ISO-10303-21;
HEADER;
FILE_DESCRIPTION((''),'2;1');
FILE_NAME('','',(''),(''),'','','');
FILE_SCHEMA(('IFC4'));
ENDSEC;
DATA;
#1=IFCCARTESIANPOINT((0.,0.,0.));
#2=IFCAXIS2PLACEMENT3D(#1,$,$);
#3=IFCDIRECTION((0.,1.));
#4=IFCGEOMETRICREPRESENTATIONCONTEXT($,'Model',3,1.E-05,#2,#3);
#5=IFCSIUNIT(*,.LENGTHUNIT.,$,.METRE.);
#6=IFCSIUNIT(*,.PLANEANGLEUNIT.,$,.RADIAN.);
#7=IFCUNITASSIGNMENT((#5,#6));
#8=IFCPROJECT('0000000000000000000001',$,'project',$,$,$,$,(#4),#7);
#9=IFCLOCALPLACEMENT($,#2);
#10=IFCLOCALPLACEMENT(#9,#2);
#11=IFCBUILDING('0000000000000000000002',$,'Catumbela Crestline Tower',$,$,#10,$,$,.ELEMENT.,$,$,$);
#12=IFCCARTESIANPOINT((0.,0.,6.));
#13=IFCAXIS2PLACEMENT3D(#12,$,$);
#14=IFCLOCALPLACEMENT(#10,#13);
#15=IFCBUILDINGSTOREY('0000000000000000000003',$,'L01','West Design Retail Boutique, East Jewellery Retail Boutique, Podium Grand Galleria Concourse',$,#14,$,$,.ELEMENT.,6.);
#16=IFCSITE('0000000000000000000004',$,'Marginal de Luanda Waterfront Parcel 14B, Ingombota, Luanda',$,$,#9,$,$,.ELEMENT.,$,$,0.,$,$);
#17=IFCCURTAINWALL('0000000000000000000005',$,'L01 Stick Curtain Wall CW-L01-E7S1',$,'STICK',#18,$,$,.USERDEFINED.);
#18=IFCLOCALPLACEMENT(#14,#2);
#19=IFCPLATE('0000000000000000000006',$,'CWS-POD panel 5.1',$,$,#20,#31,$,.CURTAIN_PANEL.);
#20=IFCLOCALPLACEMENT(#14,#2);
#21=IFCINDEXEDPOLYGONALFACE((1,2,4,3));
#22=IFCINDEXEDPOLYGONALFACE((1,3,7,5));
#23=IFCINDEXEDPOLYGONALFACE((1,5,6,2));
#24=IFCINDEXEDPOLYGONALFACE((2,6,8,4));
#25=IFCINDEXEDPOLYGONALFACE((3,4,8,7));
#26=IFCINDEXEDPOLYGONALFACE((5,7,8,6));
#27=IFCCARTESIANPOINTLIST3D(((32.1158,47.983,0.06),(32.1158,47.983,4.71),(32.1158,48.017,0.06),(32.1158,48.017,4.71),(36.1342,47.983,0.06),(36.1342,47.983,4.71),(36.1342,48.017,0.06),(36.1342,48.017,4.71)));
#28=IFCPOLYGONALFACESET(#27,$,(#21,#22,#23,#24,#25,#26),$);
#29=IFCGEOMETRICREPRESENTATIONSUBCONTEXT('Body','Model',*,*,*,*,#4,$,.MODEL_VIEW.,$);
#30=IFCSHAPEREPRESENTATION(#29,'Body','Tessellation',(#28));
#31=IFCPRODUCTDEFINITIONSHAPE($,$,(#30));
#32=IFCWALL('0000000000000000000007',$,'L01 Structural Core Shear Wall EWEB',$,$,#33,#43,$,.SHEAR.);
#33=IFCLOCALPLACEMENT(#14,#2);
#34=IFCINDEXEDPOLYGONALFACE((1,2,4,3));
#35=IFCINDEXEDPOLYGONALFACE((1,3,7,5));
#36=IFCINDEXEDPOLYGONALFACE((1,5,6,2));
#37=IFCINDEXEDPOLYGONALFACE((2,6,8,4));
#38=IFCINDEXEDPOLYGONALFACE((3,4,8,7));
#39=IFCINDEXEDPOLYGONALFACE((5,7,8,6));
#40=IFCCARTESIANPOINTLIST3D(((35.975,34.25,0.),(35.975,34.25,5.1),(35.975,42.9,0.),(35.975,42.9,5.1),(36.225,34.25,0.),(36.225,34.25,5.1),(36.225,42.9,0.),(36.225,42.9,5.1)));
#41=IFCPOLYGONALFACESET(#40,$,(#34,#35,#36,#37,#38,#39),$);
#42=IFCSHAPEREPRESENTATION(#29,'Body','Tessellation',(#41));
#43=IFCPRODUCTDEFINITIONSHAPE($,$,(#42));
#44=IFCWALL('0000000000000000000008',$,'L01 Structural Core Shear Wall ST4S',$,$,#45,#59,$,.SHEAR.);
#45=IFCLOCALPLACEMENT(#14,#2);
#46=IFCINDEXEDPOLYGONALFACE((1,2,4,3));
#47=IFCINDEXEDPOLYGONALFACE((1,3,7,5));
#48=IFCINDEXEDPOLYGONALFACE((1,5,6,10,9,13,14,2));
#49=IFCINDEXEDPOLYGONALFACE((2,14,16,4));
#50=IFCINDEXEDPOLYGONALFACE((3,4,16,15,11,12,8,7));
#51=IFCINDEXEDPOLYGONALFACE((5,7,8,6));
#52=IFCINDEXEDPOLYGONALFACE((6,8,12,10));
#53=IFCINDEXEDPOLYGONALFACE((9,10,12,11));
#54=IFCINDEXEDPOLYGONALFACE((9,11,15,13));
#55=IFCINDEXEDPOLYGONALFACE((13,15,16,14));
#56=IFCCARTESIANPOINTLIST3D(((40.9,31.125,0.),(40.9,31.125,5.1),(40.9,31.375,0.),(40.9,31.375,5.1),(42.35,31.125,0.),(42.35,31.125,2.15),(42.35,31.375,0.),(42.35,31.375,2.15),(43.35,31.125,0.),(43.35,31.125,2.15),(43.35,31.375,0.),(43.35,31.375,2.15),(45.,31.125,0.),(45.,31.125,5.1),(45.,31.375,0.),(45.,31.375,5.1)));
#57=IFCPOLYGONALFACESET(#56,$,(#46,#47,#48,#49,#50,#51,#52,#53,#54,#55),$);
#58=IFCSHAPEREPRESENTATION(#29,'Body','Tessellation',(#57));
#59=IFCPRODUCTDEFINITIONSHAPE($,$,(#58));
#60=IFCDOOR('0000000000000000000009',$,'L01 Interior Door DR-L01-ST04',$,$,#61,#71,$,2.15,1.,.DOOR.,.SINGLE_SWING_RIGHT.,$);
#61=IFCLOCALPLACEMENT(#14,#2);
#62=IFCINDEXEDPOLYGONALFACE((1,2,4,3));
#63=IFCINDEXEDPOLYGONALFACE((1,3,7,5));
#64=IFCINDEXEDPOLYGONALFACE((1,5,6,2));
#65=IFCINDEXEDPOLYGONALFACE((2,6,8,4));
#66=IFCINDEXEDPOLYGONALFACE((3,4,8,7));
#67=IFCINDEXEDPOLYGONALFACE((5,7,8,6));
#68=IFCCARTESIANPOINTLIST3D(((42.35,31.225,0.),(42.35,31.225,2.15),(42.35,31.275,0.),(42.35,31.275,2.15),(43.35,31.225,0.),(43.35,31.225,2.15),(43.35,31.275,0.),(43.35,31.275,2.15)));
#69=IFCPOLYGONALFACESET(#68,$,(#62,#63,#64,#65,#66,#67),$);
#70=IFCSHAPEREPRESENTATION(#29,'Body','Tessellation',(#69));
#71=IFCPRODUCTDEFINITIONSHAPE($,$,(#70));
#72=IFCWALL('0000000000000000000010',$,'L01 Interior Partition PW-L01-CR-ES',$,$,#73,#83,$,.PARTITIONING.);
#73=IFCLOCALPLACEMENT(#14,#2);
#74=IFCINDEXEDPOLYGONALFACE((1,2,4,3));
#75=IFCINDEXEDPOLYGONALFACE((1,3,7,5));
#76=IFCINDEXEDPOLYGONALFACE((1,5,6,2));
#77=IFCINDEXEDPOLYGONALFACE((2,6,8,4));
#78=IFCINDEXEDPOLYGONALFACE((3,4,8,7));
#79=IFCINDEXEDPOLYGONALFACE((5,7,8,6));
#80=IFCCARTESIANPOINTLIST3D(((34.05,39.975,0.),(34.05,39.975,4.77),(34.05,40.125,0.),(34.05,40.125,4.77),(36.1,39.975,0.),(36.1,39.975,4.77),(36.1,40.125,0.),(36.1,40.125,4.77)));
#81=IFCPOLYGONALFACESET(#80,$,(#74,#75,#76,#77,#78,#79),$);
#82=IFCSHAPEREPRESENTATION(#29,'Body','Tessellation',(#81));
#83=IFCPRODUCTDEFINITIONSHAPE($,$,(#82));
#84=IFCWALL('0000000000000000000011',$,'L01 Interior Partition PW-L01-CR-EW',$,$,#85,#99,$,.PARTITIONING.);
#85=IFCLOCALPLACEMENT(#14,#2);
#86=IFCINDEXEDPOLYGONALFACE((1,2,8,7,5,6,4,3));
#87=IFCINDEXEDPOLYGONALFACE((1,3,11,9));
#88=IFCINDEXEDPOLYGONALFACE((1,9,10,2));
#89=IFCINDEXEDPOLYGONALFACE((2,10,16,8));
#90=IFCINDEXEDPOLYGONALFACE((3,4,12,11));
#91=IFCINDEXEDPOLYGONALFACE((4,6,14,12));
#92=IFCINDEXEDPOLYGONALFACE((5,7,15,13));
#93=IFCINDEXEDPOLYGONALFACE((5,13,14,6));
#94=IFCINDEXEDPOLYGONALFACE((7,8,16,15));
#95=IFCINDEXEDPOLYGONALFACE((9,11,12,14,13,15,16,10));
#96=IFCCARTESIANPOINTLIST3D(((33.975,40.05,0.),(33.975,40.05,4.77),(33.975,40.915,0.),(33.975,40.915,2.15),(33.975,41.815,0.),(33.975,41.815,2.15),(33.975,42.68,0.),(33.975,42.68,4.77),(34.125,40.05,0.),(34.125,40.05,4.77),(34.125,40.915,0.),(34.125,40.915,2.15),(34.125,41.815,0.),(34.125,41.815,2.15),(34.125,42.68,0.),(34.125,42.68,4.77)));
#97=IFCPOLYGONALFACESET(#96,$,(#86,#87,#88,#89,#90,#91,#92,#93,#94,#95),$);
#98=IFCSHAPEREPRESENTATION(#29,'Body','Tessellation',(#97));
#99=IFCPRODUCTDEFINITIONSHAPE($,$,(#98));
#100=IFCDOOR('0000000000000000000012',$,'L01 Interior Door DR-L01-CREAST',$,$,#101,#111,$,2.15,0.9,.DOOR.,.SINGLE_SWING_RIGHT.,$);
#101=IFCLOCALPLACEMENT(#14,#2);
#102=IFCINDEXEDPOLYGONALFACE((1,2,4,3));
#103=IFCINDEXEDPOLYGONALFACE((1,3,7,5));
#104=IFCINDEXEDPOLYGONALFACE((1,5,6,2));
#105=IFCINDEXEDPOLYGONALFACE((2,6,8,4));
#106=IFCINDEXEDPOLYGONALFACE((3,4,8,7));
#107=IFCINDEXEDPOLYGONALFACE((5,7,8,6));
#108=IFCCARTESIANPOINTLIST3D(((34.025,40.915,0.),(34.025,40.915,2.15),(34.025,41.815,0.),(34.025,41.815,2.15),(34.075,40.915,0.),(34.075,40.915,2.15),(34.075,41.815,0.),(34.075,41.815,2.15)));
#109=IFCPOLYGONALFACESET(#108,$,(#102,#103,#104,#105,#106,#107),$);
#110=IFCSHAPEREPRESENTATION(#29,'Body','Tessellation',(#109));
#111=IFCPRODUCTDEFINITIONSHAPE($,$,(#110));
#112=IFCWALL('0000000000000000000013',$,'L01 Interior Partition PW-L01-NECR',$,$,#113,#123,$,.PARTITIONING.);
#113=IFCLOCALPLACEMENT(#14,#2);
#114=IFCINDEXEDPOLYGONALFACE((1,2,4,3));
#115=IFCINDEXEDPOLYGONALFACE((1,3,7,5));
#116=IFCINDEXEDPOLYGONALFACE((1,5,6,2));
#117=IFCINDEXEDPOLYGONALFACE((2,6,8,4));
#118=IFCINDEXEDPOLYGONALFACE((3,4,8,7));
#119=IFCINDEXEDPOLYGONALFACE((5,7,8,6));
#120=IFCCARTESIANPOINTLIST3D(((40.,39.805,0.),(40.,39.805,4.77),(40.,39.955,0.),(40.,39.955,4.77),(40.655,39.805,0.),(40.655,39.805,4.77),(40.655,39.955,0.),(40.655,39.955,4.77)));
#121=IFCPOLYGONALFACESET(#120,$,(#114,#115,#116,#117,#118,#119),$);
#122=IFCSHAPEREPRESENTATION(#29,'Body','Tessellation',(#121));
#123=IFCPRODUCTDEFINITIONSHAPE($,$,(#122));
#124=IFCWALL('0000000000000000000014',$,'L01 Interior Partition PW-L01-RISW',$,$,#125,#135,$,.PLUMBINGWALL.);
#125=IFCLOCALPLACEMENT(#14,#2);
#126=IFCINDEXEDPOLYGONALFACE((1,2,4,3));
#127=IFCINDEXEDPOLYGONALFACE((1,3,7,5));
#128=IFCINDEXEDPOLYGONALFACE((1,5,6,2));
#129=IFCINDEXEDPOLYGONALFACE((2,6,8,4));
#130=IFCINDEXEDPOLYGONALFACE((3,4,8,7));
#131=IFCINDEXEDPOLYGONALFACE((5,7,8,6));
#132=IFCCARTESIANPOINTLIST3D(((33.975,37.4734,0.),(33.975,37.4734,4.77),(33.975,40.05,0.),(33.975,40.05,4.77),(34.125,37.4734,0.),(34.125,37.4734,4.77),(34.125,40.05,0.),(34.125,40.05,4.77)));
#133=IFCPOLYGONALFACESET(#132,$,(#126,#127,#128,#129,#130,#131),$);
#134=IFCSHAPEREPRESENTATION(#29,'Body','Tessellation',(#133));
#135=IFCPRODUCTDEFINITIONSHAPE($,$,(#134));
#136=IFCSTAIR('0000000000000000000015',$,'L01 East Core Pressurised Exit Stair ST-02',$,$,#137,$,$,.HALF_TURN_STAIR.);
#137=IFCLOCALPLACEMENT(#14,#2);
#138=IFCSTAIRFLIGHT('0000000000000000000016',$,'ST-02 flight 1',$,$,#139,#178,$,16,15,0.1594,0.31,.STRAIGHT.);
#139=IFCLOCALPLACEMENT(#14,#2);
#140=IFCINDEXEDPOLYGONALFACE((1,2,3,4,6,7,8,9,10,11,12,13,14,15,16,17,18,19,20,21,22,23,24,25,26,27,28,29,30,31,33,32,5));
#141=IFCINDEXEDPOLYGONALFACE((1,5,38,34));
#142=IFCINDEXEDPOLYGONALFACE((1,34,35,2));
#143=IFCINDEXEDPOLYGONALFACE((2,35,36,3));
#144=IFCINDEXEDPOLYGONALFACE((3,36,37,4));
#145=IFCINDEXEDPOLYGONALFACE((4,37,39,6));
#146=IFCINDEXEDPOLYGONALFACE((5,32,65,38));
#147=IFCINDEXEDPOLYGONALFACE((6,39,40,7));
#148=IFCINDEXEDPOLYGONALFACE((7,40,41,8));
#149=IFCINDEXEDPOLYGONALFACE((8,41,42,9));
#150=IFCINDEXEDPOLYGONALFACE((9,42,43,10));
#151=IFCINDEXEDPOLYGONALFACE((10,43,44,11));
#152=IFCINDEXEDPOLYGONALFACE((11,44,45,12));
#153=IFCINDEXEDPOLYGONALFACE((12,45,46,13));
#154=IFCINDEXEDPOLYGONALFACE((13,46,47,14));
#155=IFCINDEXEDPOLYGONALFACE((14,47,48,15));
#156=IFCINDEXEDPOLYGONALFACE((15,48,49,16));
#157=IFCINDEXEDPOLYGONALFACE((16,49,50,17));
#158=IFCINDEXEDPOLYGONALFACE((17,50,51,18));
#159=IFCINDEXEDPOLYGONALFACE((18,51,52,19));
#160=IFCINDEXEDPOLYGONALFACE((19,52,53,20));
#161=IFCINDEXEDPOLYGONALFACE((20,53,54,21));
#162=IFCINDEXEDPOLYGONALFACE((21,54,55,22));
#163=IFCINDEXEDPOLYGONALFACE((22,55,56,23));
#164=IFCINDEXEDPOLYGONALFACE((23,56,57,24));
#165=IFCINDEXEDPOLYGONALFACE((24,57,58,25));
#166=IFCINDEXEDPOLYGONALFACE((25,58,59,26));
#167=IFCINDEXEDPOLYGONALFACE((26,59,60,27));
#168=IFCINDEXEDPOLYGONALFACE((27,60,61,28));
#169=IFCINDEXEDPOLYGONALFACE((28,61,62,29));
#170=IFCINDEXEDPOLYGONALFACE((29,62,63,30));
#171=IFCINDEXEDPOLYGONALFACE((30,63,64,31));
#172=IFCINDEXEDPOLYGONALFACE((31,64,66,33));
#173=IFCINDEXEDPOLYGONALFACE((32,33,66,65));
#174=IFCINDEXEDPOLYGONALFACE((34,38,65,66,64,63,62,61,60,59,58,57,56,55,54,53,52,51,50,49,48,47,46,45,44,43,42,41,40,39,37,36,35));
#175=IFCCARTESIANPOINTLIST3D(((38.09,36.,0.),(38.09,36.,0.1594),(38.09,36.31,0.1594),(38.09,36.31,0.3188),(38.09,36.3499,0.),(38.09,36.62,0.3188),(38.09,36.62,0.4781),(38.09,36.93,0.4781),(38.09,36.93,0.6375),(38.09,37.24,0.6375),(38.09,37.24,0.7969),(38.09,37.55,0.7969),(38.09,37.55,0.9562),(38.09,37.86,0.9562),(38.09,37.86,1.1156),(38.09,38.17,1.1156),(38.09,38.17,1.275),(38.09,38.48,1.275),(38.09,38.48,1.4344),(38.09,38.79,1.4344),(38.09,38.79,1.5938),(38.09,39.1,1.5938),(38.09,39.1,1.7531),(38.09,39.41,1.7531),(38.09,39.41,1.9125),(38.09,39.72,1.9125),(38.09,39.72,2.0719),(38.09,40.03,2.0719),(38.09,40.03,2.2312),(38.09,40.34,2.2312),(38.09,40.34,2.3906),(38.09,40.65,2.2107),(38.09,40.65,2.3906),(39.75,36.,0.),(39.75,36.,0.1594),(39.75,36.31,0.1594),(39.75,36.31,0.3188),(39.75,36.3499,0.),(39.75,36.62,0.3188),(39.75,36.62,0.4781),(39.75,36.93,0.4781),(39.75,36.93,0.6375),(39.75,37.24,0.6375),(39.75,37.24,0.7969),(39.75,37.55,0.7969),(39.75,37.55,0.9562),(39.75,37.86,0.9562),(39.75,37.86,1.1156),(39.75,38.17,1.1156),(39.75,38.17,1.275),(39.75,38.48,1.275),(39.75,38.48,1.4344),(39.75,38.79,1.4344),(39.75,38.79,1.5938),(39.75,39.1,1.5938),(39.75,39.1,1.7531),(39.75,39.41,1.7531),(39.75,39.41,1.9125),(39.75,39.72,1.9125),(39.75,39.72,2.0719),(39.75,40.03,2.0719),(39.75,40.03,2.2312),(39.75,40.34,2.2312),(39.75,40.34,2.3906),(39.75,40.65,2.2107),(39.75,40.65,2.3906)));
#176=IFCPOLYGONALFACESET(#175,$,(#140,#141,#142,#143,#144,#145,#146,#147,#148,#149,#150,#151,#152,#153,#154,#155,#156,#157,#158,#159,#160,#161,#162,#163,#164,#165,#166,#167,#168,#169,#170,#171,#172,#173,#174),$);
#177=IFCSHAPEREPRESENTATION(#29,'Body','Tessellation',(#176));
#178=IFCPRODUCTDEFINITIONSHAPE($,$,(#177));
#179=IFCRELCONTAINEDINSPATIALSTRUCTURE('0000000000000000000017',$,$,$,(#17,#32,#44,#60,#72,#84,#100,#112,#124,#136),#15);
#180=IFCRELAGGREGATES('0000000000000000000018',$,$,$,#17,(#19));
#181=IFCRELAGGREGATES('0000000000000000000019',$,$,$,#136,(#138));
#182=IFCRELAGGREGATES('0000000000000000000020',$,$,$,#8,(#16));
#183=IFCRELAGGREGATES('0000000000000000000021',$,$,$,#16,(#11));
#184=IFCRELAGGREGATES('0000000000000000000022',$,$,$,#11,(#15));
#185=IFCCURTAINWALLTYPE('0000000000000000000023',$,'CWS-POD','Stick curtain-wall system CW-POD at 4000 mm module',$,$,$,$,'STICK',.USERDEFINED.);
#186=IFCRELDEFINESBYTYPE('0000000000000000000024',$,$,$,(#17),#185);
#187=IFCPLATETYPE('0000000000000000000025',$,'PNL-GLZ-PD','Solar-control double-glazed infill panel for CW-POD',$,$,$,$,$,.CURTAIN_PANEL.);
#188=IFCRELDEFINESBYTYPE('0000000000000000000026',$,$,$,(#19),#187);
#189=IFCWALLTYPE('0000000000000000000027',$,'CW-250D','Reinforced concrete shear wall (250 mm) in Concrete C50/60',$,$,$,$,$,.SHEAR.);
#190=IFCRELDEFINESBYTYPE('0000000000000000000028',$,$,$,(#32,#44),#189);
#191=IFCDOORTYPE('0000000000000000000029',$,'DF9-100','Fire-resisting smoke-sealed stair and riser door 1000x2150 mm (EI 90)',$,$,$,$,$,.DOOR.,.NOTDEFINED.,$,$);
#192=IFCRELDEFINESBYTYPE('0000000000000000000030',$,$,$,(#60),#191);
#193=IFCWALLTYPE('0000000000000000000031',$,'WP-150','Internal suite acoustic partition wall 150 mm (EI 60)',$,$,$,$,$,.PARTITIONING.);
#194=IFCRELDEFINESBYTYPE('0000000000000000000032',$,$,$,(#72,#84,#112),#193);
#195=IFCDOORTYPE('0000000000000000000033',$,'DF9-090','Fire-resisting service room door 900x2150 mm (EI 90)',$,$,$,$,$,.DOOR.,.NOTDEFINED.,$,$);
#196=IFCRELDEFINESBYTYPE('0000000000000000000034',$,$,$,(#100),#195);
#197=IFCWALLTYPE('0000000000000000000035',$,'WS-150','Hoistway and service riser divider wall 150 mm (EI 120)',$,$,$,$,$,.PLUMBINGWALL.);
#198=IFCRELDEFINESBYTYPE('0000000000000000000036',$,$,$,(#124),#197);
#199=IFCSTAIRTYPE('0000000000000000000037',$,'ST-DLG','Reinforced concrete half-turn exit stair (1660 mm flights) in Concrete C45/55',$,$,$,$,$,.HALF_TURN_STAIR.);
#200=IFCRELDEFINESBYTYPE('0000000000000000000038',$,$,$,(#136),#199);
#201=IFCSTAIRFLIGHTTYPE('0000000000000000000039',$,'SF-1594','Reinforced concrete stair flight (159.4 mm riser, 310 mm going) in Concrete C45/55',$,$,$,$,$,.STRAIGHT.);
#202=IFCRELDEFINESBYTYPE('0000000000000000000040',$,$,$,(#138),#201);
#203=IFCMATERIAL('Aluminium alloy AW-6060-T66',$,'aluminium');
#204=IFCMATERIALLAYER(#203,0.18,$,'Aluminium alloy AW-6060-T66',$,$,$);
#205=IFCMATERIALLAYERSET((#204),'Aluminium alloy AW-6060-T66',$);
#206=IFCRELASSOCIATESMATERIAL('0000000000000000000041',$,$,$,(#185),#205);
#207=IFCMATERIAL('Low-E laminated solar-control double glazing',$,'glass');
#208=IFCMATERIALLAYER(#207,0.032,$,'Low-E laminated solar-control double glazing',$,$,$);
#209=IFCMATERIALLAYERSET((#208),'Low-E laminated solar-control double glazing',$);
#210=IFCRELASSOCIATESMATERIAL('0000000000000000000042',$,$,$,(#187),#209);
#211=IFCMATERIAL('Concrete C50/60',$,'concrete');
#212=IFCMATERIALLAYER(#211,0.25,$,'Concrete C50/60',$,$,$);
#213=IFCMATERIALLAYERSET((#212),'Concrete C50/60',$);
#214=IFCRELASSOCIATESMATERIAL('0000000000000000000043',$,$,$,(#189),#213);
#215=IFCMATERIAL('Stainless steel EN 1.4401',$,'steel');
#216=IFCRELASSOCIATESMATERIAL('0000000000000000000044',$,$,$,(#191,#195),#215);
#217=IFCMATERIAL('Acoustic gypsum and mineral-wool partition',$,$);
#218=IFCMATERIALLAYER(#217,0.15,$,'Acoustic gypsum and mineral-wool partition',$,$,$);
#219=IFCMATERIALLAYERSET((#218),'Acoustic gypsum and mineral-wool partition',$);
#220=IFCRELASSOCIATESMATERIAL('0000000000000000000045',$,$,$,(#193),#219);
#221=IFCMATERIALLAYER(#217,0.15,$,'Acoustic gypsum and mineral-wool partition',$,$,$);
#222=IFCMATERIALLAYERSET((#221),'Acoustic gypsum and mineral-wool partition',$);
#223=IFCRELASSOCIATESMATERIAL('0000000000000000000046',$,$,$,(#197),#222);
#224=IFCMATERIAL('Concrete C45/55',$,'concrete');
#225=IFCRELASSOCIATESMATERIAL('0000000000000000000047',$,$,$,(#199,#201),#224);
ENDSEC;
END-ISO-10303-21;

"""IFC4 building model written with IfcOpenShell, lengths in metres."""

from ifc_helpers import new_model, si_unit, direction, frame, frame_2d, origin, origin_2d, place, context, subcontext, project, spatial, polyline, rectangle, outline, extrude, material, layer, layer_set, type_object, element, fill, aggregate, save


model = new_model("IFC4")

# Units and contexts
model_context = context("Model", 3, precision=1e-05, world=origin(), true_north=direction((0.0, 1.0)))
body_context = subcontext(model_context, "Body", "Model", "MODEL_VIEW")
ifc_project = project(units=[si_unit("LENGTHUNIT", "METRE"), si_unit("PLANEANGLEUNIT", "RADIAN")], contexts=[model_context])

# Site, building, storey
site_placement = place(None, origin())
site = spatial("IfcSite", under=ifc_project, at=site_placement, Name="Marginal de Luanda Waterfront Parcel 14B, Ingombota, Luanda", CompositionType="ELEMENT", RefElevation=0.0)
building_placement = place(site_placement, origin())
building = spatial("IfcBuilding", under=site, at=building_placement, Name="Catumbela Crestline Tower", CompositionType="ELEMENT")
storey_placement = place(building_placement, frame((0.0, 0.0, 6.0)))
storey = spatial("IfcBuildingStorey", under=building, at=storey_placement, Name="L01", Description="West Design Retail Boutique, East Jewellery Retail Boutique, Podium Grand Galleria Concourse", CompositionType="ELEMENT", Elevation=6.0)

# Curtain wall
ifc_material_1 = material(Name="Aluminium alloy AW-6060-T66", Category="aluminium")
ifc_layer_1 = layer(ifc_material_1, 0.18, Name="Aluminium alloy AW-6060-T66")
ifc_layer_set_1 = layer_set([ifc_layer_1], Name="Aluminium alloy AW-6060-T66")
curtain_wall_type = type_object("IfcCurtainWallType", Name="CWS-POD", Description="Stick curtain-wall system CW-POD at 4000 mm module", ElementType="STICK", PredefinedType="USERDEFINED", material=ifc_layer_set_1)
curtain_wall_placement = place(storey_placement, origin())
curtain_wall = element("IfcCurtainWall", 1, at=curtain_wall_placement, inside=storey, type_object=curtain_wall_type, Name="L01 Stick Curtain Wall CW-L01-E7S1", ObjectType="STICK", PredefinedType="USERDEFINED")

# Plate
ifc_material_2 = material(Name="Low-E laminated solar-control double glazing", Category="glass")
ifc_layer_2 = layer(ifc_material_2, 0.032, Name="Low-E laminated solar-control double glazing")
ifc_layer_set_2 = layer_set([ifc_layer_2], Name="Low-E laminated solar-control double glazing")
plate_type = type_object("IfcPlateType", Name="PNL-GLZ-PD", Description="Solar-control double-glazed infill panel for CW-POD", PredefinedType="CURTAIN_PANEL", material=ifc_layer_set_2)
plate_1_placement = place(storey_placement, frame((34.125, 48.0, 0.06), z_axis=(0.0, 0.0, 1.0), x_axis=(-1.0, 0.0, 0.0)))
plate_1 = element("IfcPlate", 2, at=plate_1_placement, type_object=plate_type, Name="CWS-POD panel 5.1", PredefinedType="CURTAIN_PANEL", context=body_context, shape_type="SweptSolid", body=[
    extrude(rectangle(XDim=4.0183, YDim=0.034, at=origin_2d()), origin(), (0.0, 0.0, 1.0), 4.65),
])
aggregate(curtain_wall, [plate_1])

# Wall
ifc_material_3 = material(Name="Concrete C50/60", Category="concrete")
ifc_layer_3 = layer(ifc_material_3, 0.25, Name="Concrete C50/60")
ifc_layer_set_3 = layer_set([ifc_layer_3], Name="Concrete C50/60")
wall_type_1 = type_object("IfcWallType", Name="CW-250D", Description="Reinforced concrete shear wall (250 mm) in Concrete C50/60", PredefinedType="SHEAR", material=ifc_layer_set_3)
wall_1_placement = place(storey_placement, frame((36.1, 34.25, 0.0), z_axis=(0.0, 0.0, 1.0), x_axis=(0.0, 1.0, 0.0)))
element("IfcWall", 3, at=wall_1_placement, inside=storey, type_object=wall_type_1, Name="L01 Structural Core Shear Wall EWEB", PredefinedType="SHEAR", context=body_context, shape_type="SweptSolid", body=[
    extrude(rectangle(XDim=8.65, YDim=0.25, at=frame_2d((4.325, 0.0))), origin(), (0.0, 0.0, 1.0), 5.1),
])

# Wall, opening, door
wall_2_placement = place(storey_placement, frame((40.9, 31.25, 0.0), z_axis=(0.0, 0.0, 1.0), x_axis=(1.0, 0.0, 0.0)))
wall_2 = element("IfcWall", 4, at=wall_2_placement, inside=storey, type_object=wall_type_1, Name="L01 Structural Core Shear Wall ST4S", PredefinedType="SHEAR", context=body_context, shape_type="SweptSolid", body=[
    extrude(rectangle(XDim=4.1, YDim=0.25, at=frame_2d((2.05, 0.0))), origin(), (0.0, 0.0, 1.0), 5.1),
])
opening_1_placement = place(wall_2_placement, frame((1.45, 0.0, 0.0)))
opening_1 = element("IfcOpeningElement", 5, at=opening_1_placement, cuts=wall_2, PredefinedType="OPENING", context=body_context, shape_type="SweptSolid", body=[
    extrude(rectangle(XDim=1.0, YDim=2.15, at=frame_2d((0.5, 1.075))), frame((0.0, 0.135, 0.0), z_axis=(0.0, -1.0, 0.0), x_axis=(1.0, 0.0, 0.0)), (0.0, 0.0, 1.0), 0.27),
])
ifc_material_4 = material(Name="Stainless steel EN 1.4401", Category="steel")
door_type_1 = type_object("IfcDoorType", Name="DF9-100", Description="Fire-resisting smoke-sealed stair and riser door 1000x2150 mm (EI 90)", OperationType="NOTDEFINED", PredefinedType="DOOR", material=ifc_material_4)
door_1_placement = place(opening_1_placement, origin())
door_1 = element("IfcDoor", 6, at=door_1_placement, inside=storey, type_object=door_type_1, Name="L01 Interior Door DR-L01-ST04", OperationType="SINGLE_SWING_RIGHT", OverallHeight=2.15, OverallWidth=1.0, PredefinedType="DOOR", context=body_context, shape_type="SweptSolid", body=[
    extrude(rectangle(XDim=1.0, YDim=2.15, at=frame_2d((0.5, 1.075))), frame((0.0, 0.025, 0.0), z_axis=(0.0, -1.0, 0.0), x_axis=(1.0, 0.0, 0.0)), (0.0, 0.0, 1.0), 0.05),
])
fill(opening_1, door_1)

# Wall
ifc_material_5 = material(Name="Acoustic gypsum and mineral-wool partition")
ifc_layer_4 = layer(ifc_material_5, 0.15, Name="Acoustic gypsum and mineral-wool partition")
ifc_layer_set_4 = layer_set([ifc_layer_4], Name="Acoustic gypsum and mineral-wool partition")
wall_type_2 = type_object("IfcWallType", Name="WP-150", Description="Internal suite acoustic partition wall 150 mm (EI 60)", PredefinedType="PARTITIONING", material=ifc_layer_set_4)
wall_3_placement = place(storey_placement, frame((34.05, 40.05, 0.0), z_axis=(0.0, 0.0, 1.0), x_axis=(1.0, 0.0, 0.0)))
element("IfcWall", 7, at=wall_3_placement, inside=storey, type_object=wall_type_2, Name="L01 Interior Partition PW-L01-CR-ES", PredefinedType="PARTITIONING", context=body_context, shape_type="SweptSolid", body=[
    extrude(rectangle(XDim=2.05, YDim=0.15, at=frame_2d((1.025, 0.0))), origin(), (0.0, 0.0, 1.0), 4.77),
])

# Wall, opening, door
wall_4_placement = place(storey_placement, frame((34.05, 40.05, 0.0), z_axis=(0.0, 0.0, 1.0), x_axis=(0.0, 1.0, 0.0)))
wall_4 = element("IfcWall", 8, at=wall_4_placement, inside=storey, type_object=wall_type_2, Name="L01 Interior Partition PW-L01-CR-EW", PredefinedType="PARTITIONING", context=body_context, shape_type="SweptSolid", body=[
    extrude(rectangle(XDim=2.63, YDim=0.15, at=frame_2d((1.315, 0.0))), origin(), (0.0, 0.0, 1.0), 4.77),
])
opening_2_placement = place(wall_4_placement, frame((0.865, 0.0, 0.0)))
opening_2 = element("IfcOpeningElement", 9, at=opening_2_placement, cuts=wall_4, PredefinedType="OPENING", context=body_context, shape_type="SweptSolid", body=[
    extrude(rectangle(XDim=0.9, YDim=2.15, at=frame_2d((0.45, 1.075))), frame((0.0, 0.085, 0.0), z_axis=(0.0, -1.0, 0.0), x_axis=(1.0, 0.0, 0.0)), (0.0, 0.0, 1.0), 0.17),
])
door_type_2 = type_object("IfcDoorType", Name="DF9-090", Description="Fire-resisting service room door 900x2150 mm (EI 90)", OperationType="NOTDEFINED", PredefinedType="DOOR", material=ifc_material_4)
door_2_placement = place(opening_2_placement, origin())
door_2 = element("IfcDoor", 10, at=door_2_placement, inside=storey, type_object=door_type_2, Name="L01 Interior Door DR-L01-CREAST", OperationType="SINGLE_SWING_RIGHT", OverallHeight=2.15, OverallWidth=0.9, PredefinedType="DOOR", context=body_context, shape_type="SweptSolid", body=[
    extrude(rectangle(XDim=0.9, YDim=2.15, at=frame_2d((0.45, 1.075))), frame((0.0, 0.025, 0.0), z_axis=(0.0, -1.0, 0.0), x_axis=(1.0, 0.0, 0.0)), (0.0, 0.0, 1.0), 0.05),
])
fill(opening_2, door_2)

# Walls
wall_5_placement = place(storey_placement, frame((40.0, 39.88, 0.0), z_axis=(0.0, 0.0, 1.0), x_axis=(1.0, 0.0, 0.0)))
element("IfcWall", 11, at=wall_5_placement, inside=storey, type_object=wall_type_2, Name="L01 Interior Partition PW-L01-NECR", PredefinedType="PARTITIONING", context=body_context, shape_type="SweptSolid", body=[
    extrude(rectangle(XDim=0.655, YDim=0.15, at=frame_2d((0.3275, 0.0))), origin(), (0.0, 0.0, 1.0), 4.77),
])
ifc_layer_5 = layer(ifc_material_5, 0.15, Name="Acoustic gypsum and mineral-wool partition")
ifc_layer_set_5 = layer_set([ifc_layer_5], Name="Acoustic gypsum and mineral-wool partition")
wall_type_3 = type_object("IfcWallType", Name="WS-150", Description="Hoistway and service riser divider wall 150 mm (EI 120)", PredefinedType="PLUMBINGWALL", material=ifc_layer_set_5)
wall_6_placement = place(storey_placement, frame((34.05, 37.4734, 0.0), z_axis=(0.0, 0.0, 1.0), x_axis=(0.0, 1.0, 0.0)))
element("IfcWall", 12, at=wall_6_placement, inside=storey, type_object=wall_type_3, Name="L01 Interior Partition PW-L01-RISW", PredefinedType="PLUMBINGWALL", context=body_context, shape_type="SweptSolid", body=[
    extrude(rectangle(XDim=2.5766, YDim=0.15, at=frame_2d((1.2883, 0.0))), origin(), (0.0, 0.0, 1.0), 4.77),
])

# Stair, stair flight
ifc_material_6 = material(Name="Concrete C45/55", Category="concrete")
stair_type = type_object("IfcStairType", Name="ST-DLG", Description="Reinforced concrete half-turn exit stair (1660 mm flights) in Concrete C45/55", PredefinedType="HALF_TURN_STAIR", material=ifc_material_6)
stair_placement = place(storey_placement, origin())
stair = element("IfcStair", 13, at=stair_placement, inside=storey, type_object=stair_type, Name="L01 East Core Pressurised Exit Stair ST-02", PredefinedType="HALF_TURN_STAIR")
stair_flight_type = type_object("IfcStairFlightType", Name="SF-1594", Description="Reinforced concrete stair flight (159.4 mm riser, 310 mm going) in Concrete C45/55", PredefinedType="STRAIGHT", material=ifc_material_6)
stair_flight_1_placement = place(storey_placement, frame((38.92, 36.0, 0.0), z_axis=(0.0, 0.0, 1.0), x_axis=(0.0, 1.0, 0.0)))
stair_flight_1 = element("IfcStairFlight", 14, at=stair_flight_1_placement, type_object=stair_flight_type, Name="ST-02 flight 1", NumberOfRisers=16, NumberOfTreads=15, PredefinedType="STRAIGHT", RiserHeight=0.1594, TreadLength=0.31, context=body_context, shape_type="SweptSolid", body=[
    extrude(outline(polyline([(0.0, 0.0), (0.0, 0.1594), (0.31, 0.1594), (0.31, 0.3188), (0.62, 0.3188), (0.62, 0.4781), (0.93, 0.4781), (0.93, 0.6375), (1.24, 0.6375), (1.24, 0.7969), (1.55, 0.7969), (1.55, 0.9562), (1.86, 0.9562), (1.86, 1.1156), (2.17, 1.1156), (2.17, 1.275), (2.48, 1.275), (2.48, 1.4344), (2.79, 1.4344), (2.79, 1.5938), (3.1, 1.5938), (3.1, 1.7531), (3.41, 1.7531), (3.41, 1.9125), (3.72, 1.9125), (3.72, 2.0719), (4.03, 2.0719), (4.03, 2.2312), (4.34, 2.2312), (4.34, 2.3906), (4.65, 2.3906), (4.65, 2.55), (4.65, 2.2107), (0.3499, 0.0), (0.0, 0.0)])), frame((0.0, 0.83, 0.0), z_axis=(0.0, -1.0, 0.0), x_axis=(1.0, 0.0, 0.0)), (0.0, 0.0, 1.0), 1.66),
])
aggregate(stair, [stair_flight_1])

save(model, "model.ifc")
